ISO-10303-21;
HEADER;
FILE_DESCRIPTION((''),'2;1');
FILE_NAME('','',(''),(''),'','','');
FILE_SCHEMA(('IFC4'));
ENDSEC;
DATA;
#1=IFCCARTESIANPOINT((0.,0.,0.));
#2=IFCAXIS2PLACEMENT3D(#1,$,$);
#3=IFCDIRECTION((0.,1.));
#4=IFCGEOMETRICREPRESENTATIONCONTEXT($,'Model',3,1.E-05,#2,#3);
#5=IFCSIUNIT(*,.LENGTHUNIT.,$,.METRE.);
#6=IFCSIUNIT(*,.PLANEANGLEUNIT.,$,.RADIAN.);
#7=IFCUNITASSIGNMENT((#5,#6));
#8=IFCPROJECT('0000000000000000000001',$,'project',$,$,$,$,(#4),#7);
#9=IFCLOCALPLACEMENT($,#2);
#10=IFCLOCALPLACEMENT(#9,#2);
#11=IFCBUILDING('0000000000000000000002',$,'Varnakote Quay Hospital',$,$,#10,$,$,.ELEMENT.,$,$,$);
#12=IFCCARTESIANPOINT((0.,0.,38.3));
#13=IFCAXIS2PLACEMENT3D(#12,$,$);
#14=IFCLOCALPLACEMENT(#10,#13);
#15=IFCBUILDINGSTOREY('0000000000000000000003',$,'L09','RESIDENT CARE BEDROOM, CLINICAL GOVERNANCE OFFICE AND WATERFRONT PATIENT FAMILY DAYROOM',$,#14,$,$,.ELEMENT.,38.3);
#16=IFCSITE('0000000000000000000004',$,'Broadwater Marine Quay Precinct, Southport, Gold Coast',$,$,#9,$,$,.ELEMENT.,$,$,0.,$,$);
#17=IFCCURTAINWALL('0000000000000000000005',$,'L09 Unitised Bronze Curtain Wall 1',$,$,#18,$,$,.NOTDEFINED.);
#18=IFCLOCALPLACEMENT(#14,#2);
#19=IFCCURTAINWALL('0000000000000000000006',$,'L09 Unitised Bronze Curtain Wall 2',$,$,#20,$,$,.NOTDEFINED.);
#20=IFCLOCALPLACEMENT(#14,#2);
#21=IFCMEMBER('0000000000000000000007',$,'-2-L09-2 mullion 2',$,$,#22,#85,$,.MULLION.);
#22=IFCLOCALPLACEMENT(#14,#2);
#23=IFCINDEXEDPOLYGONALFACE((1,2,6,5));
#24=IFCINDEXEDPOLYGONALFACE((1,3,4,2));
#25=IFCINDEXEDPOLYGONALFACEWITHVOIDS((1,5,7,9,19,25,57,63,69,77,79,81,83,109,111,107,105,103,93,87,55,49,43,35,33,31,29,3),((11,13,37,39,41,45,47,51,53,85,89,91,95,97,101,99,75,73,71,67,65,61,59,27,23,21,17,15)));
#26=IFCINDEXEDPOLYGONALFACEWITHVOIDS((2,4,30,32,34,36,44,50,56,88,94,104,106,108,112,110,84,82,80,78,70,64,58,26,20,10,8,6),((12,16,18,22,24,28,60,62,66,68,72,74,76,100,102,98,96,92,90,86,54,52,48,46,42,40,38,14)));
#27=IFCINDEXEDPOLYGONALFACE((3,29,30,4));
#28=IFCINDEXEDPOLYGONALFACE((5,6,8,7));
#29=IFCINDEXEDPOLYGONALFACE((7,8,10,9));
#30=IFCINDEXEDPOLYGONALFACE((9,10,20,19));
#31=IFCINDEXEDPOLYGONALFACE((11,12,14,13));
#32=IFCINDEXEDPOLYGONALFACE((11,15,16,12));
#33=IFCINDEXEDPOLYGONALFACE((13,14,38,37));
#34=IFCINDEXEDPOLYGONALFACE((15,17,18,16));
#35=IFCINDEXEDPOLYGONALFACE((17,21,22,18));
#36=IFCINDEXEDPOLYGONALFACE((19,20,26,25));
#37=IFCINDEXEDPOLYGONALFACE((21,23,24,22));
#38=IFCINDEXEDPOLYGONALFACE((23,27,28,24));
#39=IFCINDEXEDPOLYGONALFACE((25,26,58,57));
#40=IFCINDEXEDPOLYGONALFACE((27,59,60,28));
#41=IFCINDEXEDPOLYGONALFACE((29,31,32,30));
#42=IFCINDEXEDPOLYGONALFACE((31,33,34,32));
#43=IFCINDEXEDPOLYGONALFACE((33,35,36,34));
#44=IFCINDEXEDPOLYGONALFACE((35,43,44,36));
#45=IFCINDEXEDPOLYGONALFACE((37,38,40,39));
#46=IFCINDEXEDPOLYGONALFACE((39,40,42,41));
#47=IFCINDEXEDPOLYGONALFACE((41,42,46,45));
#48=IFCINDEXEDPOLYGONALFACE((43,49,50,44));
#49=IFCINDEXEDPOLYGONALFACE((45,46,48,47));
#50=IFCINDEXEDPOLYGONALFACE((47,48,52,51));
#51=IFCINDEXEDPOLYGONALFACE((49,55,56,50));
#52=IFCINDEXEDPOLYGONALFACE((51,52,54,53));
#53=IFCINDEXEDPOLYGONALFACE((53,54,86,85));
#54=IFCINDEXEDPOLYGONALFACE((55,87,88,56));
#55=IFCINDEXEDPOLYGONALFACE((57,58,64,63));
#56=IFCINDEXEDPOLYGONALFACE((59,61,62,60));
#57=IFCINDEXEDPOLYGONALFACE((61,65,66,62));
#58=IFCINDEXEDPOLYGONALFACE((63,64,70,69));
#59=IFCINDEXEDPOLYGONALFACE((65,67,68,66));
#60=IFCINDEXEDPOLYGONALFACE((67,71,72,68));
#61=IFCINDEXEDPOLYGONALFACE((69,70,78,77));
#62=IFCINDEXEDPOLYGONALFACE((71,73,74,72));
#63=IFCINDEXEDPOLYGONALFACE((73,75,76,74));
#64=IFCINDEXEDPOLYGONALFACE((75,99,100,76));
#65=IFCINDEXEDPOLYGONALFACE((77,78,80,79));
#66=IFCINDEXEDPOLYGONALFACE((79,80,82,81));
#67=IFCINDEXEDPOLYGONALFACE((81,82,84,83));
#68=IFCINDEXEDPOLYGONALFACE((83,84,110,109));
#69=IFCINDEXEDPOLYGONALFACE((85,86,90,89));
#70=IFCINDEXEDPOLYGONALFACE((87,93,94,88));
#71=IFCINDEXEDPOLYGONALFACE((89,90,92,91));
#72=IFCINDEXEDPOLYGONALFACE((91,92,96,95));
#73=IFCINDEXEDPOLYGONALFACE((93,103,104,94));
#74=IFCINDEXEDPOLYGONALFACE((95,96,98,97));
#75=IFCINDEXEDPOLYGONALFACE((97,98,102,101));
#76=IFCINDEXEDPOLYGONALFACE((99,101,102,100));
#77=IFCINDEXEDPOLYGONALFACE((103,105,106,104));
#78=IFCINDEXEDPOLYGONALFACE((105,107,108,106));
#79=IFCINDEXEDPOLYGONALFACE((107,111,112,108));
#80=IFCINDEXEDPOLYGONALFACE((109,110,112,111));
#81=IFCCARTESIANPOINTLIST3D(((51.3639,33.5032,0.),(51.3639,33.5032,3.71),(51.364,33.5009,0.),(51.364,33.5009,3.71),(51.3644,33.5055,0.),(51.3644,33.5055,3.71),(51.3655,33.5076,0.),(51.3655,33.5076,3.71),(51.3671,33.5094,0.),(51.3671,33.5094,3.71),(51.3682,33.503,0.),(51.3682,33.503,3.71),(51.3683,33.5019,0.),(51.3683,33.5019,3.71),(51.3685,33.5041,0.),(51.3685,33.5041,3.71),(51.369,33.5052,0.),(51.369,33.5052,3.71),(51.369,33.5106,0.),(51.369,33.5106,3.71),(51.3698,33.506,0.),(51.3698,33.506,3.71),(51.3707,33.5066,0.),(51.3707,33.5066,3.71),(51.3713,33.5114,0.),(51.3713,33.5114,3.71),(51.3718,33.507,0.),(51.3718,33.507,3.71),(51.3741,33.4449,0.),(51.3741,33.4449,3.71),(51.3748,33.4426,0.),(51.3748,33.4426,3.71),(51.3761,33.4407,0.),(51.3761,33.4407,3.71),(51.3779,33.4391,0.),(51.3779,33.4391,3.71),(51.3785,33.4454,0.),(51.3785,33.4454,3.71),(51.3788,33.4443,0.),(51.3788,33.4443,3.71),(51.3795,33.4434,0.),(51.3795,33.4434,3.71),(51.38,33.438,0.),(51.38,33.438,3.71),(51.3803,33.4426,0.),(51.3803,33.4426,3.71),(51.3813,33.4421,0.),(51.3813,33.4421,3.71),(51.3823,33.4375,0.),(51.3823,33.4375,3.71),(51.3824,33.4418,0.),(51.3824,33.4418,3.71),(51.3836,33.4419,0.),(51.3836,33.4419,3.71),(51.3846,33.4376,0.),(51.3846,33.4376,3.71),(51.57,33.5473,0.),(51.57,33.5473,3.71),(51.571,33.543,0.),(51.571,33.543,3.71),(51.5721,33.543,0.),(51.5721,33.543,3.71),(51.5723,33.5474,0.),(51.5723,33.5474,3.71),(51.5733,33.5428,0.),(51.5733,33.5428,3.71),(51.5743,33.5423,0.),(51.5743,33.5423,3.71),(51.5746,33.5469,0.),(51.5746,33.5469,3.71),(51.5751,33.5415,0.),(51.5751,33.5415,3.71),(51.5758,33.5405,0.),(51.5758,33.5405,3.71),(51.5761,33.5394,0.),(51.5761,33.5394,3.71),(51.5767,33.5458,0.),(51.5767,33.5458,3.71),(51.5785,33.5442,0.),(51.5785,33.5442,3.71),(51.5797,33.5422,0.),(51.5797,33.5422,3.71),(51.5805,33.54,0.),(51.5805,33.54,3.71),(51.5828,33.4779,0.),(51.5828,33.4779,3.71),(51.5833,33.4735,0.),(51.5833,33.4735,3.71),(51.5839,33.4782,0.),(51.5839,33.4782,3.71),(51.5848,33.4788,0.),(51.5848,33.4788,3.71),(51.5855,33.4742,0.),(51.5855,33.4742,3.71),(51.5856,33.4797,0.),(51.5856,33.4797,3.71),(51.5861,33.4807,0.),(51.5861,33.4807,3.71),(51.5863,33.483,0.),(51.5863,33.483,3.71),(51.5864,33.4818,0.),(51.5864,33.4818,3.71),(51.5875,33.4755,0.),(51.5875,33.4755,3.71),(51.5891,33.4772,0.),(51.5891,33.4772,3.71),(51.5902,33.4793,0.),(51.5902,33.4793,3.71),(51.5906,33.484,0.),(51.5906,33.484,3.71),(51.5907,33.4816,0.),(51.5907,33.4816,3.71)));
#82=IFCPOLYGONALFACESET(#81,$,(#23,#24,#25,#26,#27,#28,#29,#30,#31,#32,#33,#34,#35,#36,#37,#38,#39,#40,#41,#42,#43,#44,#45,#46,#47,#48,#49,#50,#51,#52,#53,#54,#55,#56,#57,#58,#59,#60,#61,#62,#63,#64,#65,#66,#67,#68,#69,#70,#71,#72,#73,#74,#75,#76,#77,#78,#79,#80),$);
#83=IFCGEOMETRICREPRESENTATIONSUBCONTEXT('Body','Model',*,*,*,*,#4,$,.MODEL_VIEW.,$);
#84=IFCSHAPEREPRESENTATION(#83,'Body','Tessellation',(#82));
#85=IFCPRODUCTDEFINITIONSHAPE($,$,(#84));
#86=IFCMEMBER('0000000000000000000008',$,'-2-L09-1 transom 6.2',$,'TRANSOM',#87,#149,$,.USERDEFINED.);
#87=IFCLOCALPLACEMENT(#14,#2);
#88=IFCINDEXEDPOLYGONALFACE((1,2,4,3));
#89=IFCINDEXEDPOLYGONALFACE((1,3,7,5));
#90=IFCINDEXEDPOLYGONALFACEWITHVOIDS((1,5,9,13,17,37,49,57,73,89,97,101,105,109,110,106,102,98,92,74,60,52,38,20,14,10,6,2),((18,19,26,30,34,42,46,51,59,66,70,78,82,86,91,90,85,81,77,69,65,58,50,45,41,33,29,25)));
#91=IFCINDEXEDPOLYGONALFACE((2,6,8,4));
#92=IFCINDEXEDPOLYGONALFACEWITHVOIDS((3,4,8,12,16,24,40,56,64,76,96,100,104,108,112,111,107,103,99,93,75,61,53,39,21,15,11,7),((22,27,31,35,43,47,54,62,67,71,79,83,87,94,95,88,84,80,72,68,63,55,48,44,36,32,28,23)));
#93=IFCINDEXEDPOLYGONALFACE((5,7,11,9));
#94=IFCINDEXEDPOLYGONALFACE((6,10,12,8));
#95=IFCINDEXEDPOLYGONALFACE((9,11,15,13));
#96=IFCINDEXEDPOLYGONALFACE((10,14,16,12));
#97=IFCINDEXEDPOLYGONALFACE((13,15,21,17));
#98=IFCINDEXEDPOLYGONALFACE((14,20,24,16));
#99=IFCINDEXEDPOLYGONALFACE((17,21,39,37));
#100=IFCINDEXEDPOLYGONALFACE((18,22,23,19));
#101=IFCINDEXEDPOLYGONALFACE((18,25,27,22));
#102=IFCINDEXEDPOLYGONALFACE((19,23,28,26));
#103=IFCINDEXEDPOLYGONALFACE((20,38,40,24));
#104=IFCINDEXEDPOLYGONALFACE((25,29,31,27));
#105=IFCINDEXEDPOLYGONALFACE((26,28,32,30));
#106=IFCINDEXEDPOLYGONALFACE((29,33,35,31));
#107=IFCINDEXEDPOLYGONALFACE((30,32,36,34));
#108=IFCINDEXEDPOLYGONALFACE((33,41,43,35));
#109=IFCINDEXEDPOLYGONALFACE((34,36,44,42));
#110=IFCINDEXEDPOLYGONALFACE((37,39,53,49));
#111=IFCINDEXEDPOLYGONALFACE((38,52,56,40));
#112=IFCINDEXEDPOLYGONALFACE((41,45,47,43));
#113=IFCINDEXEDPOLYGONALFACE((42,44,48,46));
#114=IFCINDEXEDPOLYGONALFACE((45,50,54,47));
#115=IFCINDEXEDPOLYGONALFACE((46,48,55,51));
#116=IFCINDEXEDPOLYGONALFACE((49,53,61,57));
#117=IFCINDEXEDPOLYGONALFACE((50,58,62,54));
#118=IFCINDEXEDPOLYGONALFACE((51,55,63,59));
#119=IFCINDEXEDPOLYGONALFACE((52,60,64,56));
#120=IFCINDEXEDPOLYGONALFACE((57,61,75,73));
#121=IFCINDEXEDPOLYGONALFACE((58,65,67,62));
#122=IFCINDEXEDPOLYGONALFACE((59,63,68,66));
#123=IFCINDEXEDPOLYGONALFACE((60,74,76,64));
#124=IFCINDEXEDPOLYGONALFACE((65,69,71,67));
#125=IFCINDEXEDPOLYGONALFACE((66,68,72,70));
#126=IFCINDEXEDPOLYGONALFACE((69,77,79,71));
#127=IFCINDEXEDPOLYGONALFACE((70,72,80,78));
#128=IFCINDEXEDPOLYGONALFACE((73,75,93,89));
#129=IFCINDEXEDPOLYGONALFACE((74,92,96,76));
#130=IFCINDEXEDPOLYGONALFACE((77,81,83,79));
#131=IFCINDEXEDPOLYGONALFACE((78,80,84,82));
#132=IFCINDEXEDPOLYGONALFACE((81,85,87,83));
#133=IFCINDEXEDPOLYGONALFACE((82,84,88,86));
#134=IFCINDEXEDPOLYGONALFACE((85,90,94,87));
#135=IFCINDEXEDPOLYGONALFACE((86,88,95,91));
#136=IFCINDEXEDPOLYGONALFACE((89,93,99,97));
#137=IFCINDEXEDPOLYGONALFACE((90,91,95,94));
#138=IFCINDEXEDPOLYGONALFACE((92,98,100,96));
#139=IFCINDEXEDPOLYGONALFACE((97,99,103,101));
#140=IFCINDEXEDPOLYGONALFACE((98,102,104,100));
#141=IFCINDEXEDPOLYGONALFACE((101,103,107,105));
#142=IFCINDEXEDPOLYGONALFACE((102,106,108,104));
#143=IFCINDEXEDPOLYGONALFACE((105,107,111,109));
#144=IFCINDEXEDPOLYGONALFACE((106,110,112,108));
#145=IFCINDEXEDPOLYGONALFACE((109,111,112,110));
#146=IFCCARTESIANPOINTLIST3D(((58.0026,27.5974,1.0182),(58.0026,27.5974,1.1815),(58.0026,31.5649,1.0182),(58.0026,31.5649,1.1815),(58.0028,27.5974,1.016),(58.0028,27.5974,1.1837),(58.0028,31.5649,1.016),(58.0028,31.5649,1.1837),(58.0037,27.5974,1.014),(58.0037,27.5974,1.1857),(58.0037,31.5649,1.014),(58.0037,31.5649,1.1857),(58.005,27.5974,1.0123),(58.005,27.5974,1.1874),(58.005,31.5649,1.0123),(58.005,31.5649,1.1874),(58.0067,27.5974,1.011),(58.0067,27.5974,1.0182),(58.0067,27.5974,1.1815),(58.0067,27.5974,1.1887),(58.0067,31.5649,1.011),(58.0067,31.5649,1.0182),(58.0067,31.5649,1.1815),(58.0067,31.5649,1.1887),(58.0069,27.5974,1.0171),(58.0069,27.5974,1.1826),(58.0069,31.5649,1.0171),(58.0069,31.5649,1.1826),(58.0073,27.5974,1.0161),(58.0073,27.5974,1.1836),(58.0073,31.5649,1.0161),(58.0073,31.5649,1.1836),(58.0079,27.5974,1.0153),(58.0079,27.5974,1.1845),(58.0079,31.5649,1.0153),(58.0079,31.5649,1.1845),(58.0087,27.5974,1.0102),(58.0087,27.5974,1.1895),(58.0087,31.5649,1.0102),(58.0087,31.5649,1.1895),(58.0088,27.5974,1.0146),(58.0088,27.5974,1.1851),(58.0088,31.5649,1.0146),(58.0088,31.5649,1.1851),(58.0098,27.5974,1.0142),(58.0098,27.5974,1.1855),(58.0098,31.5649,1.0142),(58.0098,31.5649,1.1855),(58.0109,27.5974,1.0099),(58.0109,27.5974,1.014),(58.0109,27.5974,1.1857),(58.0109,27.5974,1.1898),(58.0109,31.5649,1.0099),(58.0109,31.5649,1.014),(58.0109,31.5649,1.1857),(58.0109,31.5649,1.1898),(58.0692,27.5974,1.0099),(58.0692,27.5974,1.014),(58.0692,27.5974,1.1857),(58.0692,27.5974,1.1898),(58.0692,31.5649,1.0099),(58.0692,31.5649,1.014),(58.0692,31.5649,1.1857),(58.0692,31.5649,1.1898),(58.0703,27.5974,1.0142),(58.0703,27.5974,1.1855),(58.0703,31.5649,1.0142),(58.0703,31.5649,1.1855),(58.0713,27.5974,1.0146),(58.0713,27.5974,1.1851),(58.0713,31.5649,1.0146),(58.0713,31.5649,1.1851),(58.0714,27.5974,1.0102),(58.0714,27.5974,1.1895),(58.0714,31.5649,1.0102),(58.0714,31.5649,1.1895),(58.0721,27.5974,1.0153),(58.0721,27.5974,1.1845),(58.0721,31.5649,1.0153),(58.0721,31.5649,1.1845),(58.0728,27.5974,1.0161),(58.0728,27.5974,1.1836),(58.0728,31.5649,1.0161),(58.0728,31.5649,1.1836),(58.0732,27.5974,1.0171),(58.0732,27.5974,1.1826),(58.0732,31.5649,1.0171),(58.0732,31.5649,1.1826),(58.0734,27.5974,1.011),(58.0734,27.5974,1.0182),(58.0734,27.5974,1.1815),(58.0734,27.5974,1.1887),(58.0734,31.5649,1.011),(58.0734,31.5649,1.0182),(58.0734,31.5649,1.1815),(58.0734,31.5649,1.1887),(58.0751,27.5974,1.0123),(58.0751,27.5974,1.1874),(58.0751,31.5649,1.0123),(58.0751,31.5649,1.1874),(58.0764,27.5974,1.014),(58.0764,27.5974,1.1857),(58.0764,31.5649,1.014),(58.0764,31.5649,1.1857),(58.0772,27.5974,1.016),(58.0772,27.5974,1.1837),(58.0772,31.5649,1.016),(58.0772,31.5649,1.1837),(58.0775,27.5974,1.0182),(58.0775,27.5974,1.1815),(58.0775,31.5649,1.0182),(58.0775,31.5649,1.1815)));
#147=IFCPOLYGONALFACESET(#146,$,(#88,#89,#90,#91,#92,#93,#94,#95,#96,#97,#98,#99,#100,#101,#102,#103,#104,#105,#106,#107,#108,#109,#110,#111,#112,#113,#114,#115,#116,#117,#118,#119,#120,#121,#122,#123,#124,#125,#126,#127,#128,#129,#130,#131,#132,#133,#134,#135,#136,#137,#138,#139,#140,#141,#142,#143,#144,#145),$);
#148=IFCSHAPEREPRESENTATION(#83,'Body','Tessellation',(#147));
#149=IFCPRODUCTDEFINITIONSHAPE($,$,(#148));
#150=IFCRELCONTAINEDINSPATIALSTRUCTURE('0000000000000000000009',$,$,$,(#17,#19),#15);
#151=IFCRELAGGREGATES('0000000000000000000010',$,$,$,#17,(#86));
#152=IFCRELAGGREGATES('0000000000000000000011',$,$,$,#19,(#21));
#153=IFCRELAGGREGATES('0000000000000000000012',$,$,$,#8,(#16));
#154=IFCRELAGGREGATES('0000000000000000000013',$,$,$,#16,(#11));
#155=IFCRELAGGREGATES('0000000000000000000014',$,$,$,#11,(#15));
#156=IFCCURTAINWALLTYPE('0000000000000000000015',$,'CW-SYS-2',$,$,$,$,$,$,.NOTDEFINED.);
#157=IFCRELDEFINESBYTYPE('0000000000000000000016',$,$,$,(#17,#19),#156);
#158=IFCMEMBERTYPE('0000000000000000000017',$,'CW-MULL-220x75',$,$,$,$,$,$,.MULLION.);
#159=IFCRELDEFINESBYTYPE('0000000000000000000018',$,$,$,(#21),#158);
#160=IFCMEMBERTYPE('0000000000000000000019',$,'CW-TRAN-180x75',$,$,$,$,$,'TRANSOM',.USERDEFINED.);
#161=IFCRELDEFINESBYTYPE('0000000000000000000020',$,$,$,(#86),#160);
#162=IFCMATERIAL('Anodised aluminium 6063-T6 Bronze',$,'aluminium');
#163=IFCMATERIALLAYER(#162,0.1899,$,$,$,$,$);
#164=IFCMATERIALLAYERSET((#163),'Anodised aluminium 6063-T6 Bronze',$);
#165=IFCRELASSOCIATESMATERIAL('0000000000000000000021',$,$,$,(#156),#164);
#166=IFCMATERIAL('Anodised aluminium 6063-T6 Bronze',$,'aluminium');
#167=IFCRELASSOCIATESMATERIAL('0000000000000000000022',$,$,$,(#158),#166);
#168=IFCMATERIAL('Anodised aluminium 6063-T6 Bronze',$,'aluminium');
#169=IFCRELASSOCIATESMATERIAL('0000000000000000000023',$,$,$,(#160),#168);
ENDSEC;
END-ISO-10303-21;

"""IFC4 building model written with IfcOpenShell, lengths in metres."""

from ifc_helpers import new_model, si_unit, direction, frame, origin, origin_2d, place, context, subcontext, project, spatial, hollow_rectangle, extrude, material, layer, layer_set, material_profile, profile_set, type_object, element, aggregate, save


model = new_model("IFC4")

# Units and contexts
model_context = context("Model", 3, precision=1e-05, world=origin(), true_north=direction((0.0, 1.0)))
body_context = subcontext(model_context, "Body", "Model", "MODEL_VIEW")
ifc_project = project(units=[si_unit("LENGTHUNIT", "METRE"), si_unit("PLANEANGLEUNIT", "RADIAN")], contexts=[model_context])

# Site, building, storey
site_placement = place(None, origin())
site = spatial("IfcSite", under=ifc_project, at=site_placement, Name="Broadwater Marine Quay Precinct, Southport, Gold Coast", CompositionType="ELEMENT", RefElevation=0.0)
building_placement = place(site_placement, origin())
building = spatial("IfcBuilding", under=site, at=building_placement, Name="Varnakote Quay Hospital", CompositionType="ELEMENT")
storey_placement = place(building_placement, frame((0.0, 0.0, 38.3)))
storey = spatial("IfcBuildingStorey", under=building, at=storey_placement, Name="L09", Description="RESIDENT CARE BEDROOM, CLINICAL GOVERNANCE OFFICE AND WATERFRONT PATIENT FAMILY DAYROOM", CompositionType="ELEMENT", Elevation=38.3)

# Curtain wall
ifc_material_1 = material(Name="Anodised aluminium 6063-T6 Bronze", Category="aluminium")
ifc_layer_1 = layer(ifc_material_1, 0.1899)
ifc_layer_set_1 = layer_set([ifc_layer_1], Name="Anodised aluminium 6063-T6 Bronze")
curtain_wall_type = type_object("IfcCurtainWallType", Name="CW-SYS-2", PredefinedType="NOTDEFINED", material=ifc_layer_set_1)
curtain_wall_1_placement = place(storey_placement, origin())
curtain_wall_1 = element("IfcCurtainWall", 1, at=curtain_wall_1_placement, inside=storey, type_object=curtain_wall_type, Name="L09 Unitised Bronze Curtain Wall 1", PredefinedType="NOTDEFINED")
ifc_material_2 = material(Name="Anodised aluminium 6063-T6 Bronze", Category="aluminium")
ifc_material_profile_1 = material_profile(ifc_material_2, hollow_rectangle(XDim=0.075, YDim=0.22, WallThickness=0.0044, InnerFilletRadius=0.0044, OuterFilletRadius=0.009, at=origin_2d()), Name="CW-MULL-220x75")
ifc_profile_set_1 = profile_set([ifc_material_profile_1], Name="Anodised aluminium 6063-T6 Bronze")
member_type_1 = type_object("IfcMemberType", Name="CW-MULL-220x75", PredefinedType="MULLION", material=ifc_profile_set_1)

# Curtain wall, member
curtain_wall_2_placement = place(storey_placement, origin())
curtain_wall_2 = element("IfcCurtainWall", 2, at=curtain_wall_2_placement, inside=storey, type_object=curtain_wall_type, Name="L09 Unitised Bronze Curtain Wall 2", PredefinedType="NOTDEFINED")
member_1_placement = place(storey_placement, frame((51.4773, 33.4924, 0.0), z_axis=(0.0, 0.0, 1.0), x_axis=(0.177846, -0.984058, 0.0)))
member_1 = element("IfcMember", 3, at=member_1_placement, type_object=member_type_1, Name="-2-L09-2 mullion 2", PredefinedType="MULLION", context=body_context, shape_type="SweptSolid", body=[
    extrude(hollow_rectangle(XDim=0.075, YDim=0.22, WallThickness=0.0044, InnerFilletRadius=0.0044, OuterFilletRadius=0.009, at=origin_2d()), origin(), (0.0, 0.0, 1.0), 3.71),
])

# Member
ifc_material_3 = material(Name="Anodised aluminium 6063-T6 Bronze", Category="aluminium")
ifc_material_profile_2 = material_profile(ifc_material_3, hollow_rectangle(XDim=0.075, YDim=0.1799, WallThickness=0.0042, InnerFilletRadius=0.0042, OuterFilletRadius=0.0083, at=origin_2d()), Name="CW-TRAN-180x75")
ifc_profile_set_2 = profile_set([ifc_material_profile_2], Name="Anodised aluminium 6063-T6 Bronze")
member_type_2 = type_object("IfcMemberType", Name="CW-TRAN-180x75", ElementType="TRANSOM", PredefinedType="USERDEFINED", material=ifc_profile_set_2)
member_2_placement = place(storey_placement, frame((58.04, 27.5974, 1.0999), z_axis=(0.0, 1.0, 0.0), x_axis=(-1.0, 0.0, 0.0)))
member_2 = element("IfcMember", 4, at=member_2_placement, type_object=member_type_2, Name="-2-L09-1 transom 6.2", ObjectType="TRANSOM", PredefinedType="USERDEFINED", context=body_context, shape_type="SweptSolid", body=[
    extrude(hollow_rectangle(XDim=0.075, YDim=0.1799, WallThickness=0.0042, InnerFilletRadius=0.0042, OuterFilletRadius=0.0083, at=origin_2d()), origin(), (0.0, 0.0, 1.0), 3.9675),
])

aggregate(curtain_wall_1, [member_2])
aggregate(curtain_wall_2, [member_1])

save(model, "model.ifc")
